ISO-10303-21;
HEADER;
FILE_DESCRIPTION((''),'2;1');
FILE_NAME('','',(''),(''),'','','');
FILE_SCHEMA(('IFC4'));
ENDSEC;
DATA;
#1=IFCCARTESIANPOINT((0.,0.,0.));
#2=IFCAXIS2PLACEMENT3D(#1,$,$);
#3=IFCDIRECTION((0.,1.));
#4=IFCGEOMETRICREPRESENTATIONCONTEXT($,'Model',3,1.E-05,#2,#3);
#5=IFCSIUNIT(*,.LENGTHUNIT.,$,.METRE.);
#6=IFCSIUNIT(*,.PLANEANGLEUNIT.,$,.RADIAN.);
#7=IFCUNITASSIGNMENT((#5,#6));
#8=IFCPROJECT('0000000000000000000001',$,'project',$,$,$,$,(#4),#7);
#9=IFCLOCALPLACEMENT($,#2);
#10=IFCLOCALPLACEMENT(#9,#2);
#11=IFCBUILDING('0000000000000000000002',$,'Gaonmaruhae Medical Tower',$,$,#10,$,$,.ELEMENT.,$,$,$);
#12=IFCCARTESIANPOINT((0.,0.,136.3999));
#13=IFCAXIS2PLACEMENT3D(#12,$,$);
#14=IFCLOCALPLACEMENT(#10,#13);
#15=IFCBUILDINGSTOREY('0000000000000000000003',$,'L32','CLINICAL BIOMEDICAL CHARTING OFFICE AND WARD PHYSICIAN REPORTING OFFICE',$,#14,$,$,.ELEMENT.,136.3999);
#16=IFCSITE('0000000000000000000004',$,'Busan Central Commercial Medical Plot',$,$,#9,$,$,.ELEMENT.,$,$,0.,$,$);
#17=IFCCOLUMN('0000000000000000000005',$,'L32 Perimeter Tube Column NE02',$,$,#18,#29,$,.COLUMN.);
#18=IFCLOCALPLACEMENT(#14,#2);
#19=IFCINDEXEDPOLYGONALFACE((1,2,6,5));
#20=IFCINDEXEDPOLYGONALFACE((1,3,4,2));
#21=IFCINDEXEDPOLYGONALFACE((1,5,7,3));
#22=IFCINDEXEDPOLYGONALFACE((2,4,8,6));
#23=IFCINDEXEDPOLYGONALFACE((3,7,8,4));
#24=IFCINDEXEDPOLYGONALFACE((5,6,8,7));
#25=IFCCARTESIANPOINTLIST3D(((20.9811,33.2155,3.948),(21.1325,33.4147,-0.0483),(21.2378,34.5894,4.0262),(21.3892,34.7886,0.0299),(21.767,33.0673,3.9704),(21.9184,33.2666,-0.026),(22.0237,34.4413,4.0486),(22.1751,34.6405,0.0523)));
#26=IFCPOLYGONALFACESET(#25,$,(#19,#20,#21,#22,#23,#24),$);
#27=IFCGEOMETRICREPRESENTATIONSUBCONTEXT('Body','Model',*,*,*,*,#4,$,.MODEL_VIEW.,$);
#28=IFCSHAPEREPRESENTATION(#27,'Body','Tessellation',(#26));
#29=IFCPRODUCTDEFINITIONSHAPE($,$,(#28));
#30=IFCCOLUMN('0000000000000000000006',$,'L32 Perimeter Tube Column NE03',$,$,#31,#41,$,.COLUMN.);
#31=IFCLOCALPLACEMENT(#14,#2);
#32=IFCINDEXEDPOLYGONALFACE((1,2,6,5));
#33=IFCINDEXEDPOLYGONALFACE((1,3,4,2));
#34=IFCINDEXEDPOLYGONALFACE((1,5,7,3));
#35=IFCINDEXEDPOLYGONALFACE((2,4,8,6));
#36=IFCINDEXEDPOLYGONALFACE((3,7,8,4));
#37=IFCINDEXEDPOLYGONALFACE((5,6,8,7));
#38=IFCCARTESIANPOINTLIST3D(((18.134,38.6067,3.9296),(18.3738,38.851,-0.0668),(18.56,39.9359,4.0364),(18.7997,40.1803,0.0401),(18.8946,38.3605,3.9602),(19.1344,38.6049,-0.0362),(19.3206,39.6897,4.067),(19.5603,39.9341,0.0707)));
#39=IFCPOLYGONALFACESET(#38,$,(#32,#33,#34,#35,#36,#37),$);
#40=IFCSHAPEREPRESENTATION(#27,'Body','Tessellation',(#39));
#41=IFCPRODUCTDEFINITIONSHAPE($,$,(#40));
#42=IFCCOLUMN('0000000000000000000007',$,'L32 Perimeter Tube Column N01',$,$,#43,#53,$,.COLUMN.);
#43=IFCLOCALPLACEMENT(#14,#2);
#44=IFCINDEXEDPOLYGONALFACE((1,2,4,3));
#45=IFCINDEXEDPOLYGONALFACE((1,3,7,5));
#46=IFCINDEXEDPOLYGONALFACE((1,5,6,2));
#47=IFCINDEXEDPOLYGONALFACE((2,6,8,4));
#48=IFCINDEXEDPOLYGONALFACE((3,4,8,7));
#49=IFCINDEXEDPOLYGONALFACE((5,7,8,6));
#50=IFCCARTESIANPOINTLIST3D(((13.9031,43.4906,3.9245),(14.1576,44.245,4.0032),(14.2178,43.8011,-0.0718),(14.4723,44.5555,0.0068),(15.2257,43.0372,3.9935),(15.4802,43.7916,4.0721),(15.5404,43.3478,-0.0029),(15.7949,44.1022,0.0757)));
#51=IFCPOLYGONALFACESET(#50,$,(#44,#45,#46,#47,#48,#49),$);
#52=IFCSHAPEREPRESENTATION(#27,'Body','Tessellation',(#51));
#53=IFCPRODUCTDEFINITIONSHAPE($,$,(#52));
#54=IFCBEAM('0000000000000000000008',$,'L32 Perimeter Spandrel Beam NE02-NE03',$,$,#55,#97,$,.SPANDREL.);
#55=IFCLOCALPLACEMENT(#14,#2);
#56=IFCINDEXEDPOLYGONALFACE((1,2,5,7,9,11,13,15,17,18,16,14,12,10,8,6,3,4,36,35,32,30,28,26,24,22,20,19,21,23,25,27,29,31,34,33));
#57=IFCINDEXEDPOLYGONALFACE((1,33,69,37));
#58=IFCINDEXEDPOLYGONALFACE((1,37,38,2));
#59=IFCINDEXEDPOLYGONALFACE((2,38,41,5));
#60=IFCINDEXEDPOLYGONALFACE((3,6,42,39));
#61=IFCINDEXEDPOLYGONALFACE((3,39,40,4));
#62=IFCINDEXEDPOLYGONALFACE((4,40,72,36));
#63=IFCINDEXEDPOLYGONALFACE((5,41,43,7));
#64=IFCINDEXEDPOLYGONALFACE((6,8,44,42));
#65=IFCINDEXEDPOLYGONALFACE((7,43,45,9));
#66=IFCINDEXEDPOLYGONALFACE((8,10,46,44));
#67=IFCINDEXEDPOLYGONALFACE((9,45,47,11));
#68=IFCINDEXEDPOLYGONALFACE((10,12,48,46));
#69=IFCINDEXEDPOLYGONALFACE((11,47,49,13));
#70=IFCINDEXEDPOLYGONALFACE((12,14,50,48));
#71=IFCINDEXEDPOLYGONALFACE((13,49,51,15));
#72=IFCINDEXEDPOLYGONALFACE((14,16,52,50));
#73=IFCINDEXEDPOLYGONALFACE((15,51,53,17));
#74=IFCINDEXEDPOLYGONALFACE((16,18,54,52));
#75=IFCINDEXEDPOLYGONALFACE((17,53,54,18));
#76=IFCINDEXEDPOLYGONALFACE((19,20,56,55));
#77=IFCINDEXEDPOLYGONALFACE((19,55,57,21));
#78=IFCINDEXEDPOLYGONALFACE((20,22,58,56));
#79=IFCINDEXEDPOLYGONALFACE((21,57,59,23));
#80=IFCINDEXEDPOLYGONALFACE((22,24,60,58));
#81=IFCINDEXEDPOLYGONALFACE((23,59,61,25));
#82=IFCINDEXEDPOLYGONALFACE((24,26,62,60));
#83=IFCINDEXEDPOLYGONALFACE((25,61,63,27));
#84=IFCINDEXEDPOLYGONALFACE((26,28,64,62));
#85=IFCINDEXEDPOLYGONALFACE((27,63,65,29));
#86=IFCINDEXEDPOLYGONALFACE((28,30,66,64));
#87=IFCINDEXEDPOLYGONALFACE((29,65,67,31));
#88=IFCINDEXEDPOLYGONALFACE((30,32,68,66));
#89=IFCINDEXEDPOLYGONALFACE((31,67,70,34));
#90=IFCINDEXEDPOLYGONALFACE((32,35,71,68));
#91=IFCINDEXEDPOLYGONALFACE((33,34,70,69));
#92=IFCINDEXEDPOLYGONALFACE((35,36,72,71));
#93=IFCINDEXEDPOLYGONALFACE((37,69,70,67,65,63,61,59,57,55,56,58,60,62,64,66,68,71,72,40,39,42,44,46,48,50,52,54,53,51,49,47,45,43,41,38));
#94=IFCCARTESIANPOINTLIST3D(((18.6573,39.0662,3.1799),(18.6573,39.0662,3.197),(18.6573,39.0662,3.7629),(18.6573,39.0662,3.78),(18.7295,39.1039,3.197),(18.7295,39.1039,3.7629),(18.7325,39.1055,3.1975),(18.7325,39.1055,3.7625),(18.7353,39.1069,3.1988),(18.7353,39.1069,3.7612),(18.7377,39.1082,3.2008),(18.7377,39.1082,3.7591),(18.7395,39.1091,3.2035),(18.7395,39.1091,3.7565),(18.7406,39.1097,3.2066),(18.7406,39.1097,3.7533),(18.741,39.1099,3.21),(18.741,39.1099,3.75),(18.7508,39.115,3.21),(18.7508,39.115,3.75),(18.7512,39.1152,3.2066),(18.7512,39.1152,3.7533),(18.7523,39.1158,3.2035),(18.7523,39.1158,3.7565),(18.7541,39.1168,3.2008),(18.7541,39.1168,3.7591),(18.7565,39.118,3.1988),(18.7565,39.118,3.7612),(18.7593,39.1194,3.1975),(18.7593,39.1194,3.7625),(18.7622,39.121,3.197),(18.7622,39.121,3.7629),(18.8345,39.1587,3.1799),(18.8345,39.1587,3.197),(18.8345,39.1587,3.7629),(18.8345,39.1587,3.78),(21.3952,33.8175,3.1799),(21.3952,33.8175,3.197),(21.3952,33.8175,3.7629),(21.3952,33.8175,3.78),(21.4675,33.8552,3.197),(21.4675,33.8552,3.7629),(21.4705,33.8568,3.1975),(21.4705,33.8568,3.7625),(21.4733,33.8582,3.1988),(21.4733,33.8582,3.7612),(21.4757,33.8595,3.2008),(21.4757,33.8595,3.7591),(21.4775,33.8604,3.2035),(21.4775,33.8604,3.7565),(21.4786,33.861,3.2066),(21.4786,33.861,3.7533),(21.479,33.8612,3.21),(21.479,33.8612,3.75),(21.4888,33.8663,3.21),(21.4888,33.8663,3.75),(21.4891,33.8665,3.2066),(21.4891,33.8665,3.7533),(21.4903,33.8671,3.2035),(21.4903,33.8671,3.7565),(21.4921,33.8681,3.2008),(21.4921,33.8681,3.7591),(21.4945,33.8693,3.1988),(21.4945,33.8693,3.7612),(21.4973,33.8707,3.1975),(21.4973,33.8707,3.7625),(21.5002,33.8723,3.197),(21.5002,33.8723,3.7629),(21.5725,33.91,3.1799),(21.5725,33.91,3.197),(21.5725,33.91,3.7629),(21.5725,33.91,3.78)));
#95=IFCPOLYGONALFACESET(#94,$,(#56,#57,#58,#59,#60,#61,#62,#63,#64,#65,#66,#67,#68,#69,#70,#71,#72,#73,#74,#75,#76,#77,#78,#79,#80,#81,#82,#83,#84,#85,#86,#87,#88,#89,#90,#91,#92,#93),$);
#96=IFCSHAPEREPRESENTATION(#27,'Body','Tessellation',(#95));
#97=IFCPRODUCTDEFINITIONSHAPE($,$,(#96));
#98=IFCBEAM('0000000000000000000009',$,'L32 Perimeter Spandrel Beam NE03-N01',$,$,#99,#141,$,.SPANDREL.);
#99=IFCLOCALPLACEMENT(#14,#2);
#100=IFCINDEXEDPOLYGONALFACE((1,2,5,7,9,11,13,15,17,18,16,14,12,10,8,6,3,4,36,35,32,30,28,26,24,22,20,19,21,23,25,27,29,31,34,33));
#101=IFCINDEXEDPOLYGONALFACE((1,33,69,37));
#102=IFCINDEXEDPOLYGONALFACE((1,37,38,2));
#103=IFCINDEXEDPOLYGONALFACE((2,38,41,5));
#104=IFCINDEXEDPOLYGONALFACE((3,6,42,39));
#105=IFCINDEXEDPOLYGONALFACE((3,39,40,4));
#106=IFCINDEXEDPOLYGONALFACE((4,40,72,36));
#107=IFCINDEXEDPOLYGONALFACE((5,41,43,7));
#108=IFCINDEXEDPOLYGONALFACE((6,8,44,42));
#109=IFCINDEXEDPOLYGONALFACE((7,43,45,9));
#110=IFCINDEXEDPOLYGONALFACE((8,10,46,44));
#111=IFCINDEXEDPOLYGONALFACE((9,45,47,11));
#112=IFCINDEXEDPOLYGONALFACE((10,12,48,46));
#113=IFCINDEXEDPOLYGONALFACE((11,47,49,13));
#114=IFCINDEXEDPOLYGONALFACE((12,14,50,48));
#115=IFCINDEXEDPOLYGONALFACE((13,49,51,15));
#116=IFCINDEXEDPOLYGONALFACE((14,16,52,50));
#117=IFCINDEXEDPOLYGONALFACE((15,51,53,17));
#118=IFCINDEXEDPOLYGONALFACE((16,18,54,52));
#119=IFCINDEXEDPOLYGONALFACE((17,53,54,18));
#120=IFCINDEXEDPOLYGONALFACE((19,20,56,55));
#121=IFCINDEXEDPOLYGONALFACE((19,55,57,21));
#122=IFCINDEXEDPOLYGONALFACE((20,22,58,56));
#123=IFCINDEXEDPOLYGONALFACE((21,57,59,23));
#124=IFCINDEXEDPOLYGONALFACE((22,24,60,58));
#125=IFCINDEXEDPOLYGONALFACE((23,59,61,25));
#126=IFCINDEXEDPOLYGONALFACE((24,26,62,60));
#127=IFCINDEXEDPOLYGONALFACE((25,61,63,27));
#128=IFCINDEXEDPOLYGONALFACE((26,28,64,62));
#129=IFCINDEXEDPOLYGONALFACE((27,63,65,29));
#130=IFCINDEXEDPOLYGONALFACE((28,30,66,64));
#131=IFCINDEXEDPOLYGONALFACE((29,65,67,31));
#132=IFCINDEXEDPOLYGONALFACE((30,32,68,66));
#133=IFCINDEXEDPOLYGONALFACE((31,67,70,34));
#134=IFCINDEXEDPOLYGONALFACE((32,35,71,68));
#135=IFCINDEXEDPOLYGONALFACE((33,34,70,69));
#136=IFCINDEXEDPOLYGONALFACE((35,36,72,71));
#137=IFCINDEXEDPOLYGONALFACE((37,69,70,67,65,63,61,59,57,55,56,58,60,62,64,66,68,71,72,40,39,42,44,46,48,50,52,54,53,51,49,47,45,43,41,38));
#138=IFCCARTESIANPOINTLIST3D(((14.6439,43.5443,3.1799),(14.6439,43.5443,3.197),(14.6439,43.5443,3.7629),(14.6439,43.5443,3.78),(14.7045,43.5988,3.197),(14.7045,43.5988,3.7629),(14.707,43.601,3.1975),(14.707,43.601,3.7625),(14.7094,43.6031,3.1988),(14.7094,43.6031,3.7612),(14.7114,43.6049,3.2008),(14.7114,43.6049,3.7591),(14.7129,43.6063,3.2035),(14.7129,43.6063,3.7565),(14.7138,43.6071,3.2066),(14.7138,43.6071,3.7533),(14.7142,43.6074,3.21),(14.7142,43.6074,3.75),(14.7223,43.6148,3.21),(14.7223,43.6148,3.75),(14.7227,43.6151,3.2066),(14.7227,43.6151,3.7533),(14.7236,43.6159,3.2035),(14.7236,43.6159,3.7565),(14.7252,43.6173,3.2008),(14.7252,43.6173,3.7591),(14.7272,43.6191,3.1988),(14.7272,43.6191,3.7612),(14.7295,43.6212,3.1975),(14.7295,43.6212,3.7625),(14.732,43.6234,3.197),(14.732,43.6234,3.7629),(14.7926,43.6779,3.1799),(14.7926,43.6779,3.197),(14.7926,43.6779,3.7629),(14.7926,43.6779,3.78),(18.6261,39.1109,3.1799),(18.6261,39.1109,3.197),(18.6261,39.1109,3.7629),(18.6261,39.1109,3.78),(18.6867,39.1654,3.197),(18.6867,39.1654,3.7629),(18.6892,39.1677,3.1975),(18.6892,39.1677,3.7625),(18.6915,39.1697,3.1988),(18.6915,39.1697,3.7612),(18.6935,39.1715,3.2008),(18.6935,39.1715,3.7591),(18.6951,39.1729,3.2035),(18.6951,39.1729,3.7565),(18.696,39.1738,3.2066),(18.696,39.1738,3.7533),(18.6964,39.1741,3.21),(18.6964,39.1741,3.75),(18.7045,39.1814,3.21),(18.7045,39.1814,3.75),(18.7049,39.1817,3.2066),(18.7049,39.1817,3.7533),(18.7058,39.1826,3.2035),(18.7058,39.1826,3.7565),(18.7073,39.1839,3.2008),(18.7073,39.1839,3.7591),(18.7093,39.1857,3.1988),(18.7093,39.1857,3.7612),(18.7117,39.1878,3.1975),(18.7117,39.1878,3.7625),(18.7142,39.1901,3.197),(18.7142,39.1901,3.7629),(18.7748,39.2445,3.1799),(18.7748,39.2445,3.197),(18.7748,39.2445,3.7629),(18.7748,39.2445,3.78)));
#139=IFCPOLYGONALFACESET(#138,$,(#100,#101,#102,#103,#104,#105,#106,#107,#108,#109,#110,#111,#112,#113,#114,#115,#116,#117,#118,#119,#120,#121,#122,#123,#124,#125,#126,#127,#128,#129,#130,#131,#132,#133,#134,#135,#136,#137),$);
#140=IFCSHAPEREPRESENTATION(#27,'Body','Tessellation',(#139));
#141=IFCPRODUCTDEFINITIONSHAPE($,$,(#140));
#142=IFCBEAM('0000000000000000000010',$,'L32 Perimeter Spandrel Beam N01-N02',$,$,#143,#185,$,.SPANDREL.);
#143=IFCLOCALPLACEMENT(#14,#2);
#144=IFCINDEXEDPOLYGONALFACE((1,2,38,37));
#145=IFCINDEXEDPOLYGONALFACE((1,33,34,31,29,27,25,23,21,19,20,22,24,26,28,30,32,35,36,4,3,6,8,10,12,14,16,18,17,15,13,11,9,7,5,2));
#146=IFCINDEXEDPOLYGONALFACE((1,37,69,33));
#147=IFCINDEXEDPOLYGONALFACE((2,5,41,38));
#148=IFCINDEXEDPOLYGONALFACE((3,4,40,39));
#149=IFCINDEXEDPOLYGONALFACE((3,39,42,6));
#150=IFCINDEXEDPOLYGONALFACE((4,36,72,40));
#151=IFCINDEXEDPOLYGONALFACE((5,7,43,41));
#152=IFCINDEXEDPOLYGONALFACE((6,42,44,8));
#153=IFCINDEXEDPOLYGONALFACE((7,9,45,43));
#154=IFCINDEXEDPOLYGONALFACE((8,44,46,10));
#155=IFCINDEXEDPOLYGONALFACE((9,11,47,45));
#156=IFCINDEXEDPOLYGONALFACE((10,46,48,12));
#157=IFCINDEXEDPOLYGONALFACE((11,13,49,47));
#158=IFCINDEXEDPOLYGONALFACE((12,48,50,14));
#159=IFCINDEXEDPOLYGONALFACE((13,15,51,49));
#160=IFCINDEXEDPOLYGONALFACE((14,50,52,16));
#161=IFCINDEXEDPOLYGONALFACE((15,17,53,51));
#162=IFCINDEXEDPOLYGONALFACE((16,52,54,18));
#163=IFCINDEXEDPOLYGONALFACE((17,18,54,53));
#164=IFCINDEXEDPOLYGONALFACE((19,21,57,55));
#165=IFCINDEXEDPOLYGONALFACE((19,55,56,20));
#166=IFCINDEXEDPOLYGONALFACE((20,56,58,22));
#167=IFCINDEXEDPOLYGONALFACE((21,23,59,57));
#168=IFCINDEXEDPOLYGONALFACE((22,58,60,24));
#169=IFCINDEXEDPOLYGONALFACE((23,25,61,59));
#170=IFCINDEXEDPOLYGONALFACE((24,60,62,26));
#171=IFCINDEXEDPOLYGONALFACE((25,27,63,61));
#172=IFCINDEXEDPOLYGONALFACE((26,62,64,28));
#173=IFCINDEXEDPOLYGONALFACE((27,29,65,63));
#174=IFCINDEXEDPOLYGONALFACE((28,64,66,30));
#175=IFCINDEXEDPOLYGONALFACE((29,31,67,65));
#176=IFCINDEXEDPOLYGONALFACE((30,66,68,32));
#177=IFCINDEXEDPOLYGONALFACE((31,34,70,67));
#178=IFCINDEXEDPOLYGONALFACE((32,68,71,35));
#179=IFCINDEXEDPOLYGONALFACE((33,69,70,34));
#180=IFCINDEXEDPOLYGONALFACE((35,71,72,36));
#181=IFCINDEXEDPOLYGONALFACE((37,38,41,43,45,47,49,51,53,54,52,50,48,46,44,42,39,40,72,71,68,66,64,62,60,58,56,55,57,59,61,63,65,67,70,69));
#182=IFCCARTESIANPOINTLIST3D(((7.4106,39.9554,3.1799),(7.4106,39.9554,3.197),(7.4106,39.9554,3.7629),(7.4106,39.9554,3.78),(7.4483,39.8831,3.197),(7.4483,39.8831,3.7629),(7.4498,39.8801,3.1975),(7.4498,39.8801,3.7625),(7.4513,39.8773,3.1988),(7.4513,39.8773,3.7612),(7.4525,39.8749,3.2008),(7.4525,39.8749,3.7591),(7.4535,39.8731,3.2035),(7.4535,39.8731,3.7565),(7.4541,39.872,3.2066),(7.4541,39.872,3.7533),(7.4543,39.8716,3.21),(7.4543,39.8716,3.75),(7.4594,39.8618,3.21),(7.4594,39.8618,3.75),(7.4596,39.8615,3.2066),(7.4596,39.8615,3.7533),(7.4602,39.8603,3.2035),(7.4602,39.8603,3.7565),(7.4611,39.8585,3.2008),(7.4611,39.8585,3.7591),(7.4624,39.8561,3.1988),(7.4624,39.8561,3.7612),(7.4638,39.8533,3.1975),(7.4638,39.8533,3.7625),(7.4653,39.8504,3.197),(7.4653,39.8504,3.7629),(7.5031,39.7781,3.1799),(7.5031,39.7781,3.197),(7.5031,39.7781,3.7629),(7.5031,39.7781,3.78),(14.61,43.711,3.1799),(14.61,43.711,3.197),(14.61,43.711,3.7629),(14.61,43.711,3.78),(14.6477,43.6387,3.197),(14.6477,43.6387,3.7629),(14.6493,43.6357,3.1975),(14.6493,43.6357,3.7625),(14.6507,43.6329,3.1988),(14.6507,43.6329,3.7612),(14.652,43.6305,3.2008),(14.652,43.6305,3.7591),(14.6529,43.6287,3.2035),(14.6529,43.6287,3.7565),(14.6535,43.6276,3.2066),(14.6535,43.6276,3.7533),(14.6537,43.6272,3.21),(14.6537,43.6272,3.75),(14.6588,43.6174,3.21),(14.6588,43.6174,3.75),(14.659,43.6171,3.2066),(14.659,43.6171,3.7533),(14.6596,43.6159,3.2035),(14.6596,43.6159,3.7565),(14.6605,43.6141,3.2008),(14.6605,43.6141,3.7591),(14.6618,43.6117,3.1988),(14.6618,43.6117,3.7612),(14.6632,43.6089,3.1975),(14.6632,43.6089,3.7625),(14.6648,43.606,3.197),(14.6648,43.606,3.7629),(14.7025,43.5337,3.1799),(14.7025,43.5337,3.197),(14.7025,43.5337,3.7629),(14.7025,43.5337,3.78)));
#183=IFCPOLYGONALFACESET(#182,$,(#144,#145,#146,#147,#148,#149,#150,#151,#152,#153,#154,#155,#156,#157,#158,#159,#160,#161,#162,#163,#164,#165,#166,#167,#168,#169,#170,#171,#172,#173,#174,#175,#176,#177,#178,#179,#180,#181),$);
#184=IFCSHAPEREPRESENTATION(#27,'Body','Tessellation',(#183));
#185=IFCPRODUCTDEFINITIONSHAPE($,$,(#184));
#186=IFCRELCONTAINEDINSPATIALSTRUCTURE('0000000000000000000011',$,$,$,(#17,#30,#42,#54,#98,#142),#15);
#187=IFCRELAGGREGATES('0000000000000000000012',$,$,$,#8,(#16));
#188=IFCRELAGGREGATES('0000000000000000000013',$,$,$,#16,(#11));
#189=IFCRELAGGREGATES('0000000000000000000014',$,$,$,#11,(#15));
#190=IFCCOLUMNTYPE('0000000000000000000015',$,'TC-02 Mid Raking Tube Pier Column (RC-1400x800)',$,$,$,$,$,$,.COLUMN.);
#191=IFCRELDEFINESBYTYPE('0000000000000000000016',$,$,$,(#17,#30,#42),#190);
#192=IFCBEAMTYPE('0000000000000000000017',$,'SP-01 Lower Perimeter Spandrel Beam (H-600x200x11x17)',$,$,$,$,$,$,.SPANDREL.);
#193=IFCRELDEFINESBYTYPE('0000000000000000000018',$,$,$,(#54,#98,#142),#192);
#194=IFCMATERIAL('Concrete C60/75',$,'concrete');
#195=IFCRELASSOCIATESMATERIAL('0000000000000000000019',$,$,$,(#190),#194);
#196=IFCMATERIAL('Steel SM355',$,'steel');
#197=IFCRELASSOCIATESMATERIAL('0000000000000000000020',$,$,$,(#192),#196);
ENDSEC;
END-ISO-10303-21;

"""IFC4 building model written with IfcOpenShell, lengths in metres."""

from ifc_helpers import new_model, si_unit, direction, frame, origin, origin_2d, place, context, subcontext, project, spatial, rectangle, i_section, extrude, material, material_profile, profile_set, type_object, element, save


model = new_model("IFC4")

# Units and contexts
model_context = context("Model", 3, precision=1e-05, world=origin(), true_north=direction((0.0, 1.0)))
body_context = subcontext(model_context, "Body", "Model", "MODEL_VIEW")
ifc_project = project(units=[si_unit("LENGTHUNIT", "METRE"), si_unit("PLANEANGLEUNIT", "RADIAN")], contexts=[model_context])

# Site, building, storey
site_placement = place(None, origin())
site = spatial("IfcSite", under=ifc_project, at=site_placement, Name="Busan Central Commercial Medical Plot", CompositionType="ELEMENT", RefElevation=0.0)
building_placement = place(site_placement, origin())
building = spatial("IfcBuilding", under=site, at=building_placement, Name="Gaonmaruhae Medical Tower", CompositionType="ELEMENT")
storey_placement = place(building_placement, frame((0.0, 0.0, 136.3999)))
storey = spatial("IfcBuildingStorey", under=building, at=storey_placement, Name="L32", Description="CLINICAL BIOMEDICAL CHARTING OFFICE AND WARD PHYSICIAN REPORTING OFFICE", CompositionType="ELEMENT", Elevation=136.3999)

# Columns
ifc_material_1 = material(Name="Concrete C60/75", Category="concrete")
ifc_material_profile_1 = material_profile(ifc_material_1, rectangle(XDim=1.3999, YDim=0.8, at=origin_2d()), Name="RC-1400x800")
ifc_profile_set_1 = profile_set([ifc_material_profile_1], Name="Concrete C60/75")
column_type = type_object("IfcColumnType", Name="TC-02 Mid Raking Tube Pier Column (RC-1400x800)", PredefinedType="COLUMN", material=ifc_profile_set_1)
column_1_placement = place(storey_placement, frame((21.6538, 34.0276, 0.002), z_axis=(-0.037802, -0.049753, 0.998046), x_axis=(0.18337, 0.981455, 0.055871)))
element("IfcColumn", 1, at=column_1_placement, inside=storey, type_object=column_type, Name="L32 Perimeter Tube Column NE02", PredefinedType="COLUMN", context=body_context, shape_type="SweptSolid", body=[
    extrude(rectangle(XDim=1.3999, YDim=0.8, at=origin_2d()), origin(), (0.0, 0.0, 1.0), 4.0042),
])
column_2_placement = place(storey_placement, frame((18.967, 39.3926, 0.002), z_axis=(-0.059773, -0.060929, 0.996351), x_axis=(0.304258, 0.949527, 0.076319)))
element("IfcColumn", 2, at=column_2_placement, inside=storey, type_object=column_type, Name="L32 Perimeter Tube Column NE03", PredefinedType="COLUMN", context=body_context, shape_type="SweptSolid", body=[
    extrude(rectangle(XDim=1.3999, YDim=0.8, at=origin_2d()), origin(), (0.0, 0.0, 1.0), 4.011),
])
column_3_placement = place(storey_placement, frame((15.0063, 43.9517, 0.002), z_axis=(-0.078269, -0.077237, 0.993936), x_axis=(0.944827, -0.323848, 0.049236)))
element("IfcColumn", 3, at=column_3_placement, inside=storey, type_object=column_type, Name="L32 Perimeter Tube Column N01", PredefinedType="COLUMN", context=body_context, shape_type="SweptSolid", body=[
    extrude(rectangle(XDim=1.3999, YDim=0.8, at=origin_2d()), origin(), (0.0, 0.0, 1.0), 4.0208),
])

# Beams
ifc_material_2 = material(Name="Steel SM355", Category="steel")
ifc_material_profile_2 = material_profile(ifc_material_2, i_section(OverallWidth=0.2, OverallDepth=0.6001, WebThickness=0.011, FlangeThickness=0.0171, FilletRadius=0.0129, at=origin_2d()), Name="H-600x200x11x17")
ifc_profile_set_2 = profile_set([ifc_material_profile_2], Name="Steel SM355")
beam_type = type_object("IfcBeamType", Name="SP-01 Lower Perimeter Spandrel Beam (H-600x200x11x17)", PredefinedType="SPANDREL", material=ifc_profile_set_2)
beam_1_placement = place(storey_placement, frame((21.4839, 33.8638, 3.48), z_axis=(-0.462505, 0.886616, 0.0), x_axis=(-0.886616, -0.462505, 0.0)))
element("IfcBeam", 4, at=beam_1_placement, inside=storey, type_object=beam_type, Name="L32 Perimeter Spandrel Beam NE02-NE03", PredefinedType="SPANDREL", context=body_context, shape_type="SweptSolid", body=[
    extrude(i_section(OverallWidth=0.2, OverallDepth=0.6001, WebThickness=0.011, FlangeThickness=0.0171, FilletRadius=0.0129, at=origin_2d()), origin(), (0.0, 0.0, 1.0), 5.9199),
])
beam_2_placement = place(storey_placement, frame((18.7004, 39.1777, 3.48), z_axis=(-0.668238, 0.743948, 0.0), x_axis=(-0.743948, -0.668238, 0.0)))
element("IfcBeam", 5, at=beam_2_placement, inside=storey, type_object=beam_type, Name="L32 Perimeter Spandrel Beam NE03-N01", PredefinedType="SPANDREL", context=body_context, shape_type="SweptSolid", body=[
    extrude(i_section(OverallWidth=0.2, OverallDepth=0.6001, WebThickness=0.011, FlangeThickness=0.0171, FilletRadius=0.0129, at=origin_2d()), origin(), (0.0, 0.0, 1.0), 5.9592),
])
beam_3_placement = place(storey_placement, frame((14.6562, 43.6223, 3.48), z_axis=(-0.886616, -0.462505, 0.0), x_axis=(0.462505, -0.886616, 0.0)))
element("IfcBeam", 6, at=beam_3_placement, inside=storey, type_object=beam_type, Name="L32 Perimeter Spandrel Beam N01-N02", PredefinedType="SPANDREL", context=body_context, shape_type="SweptSolid", body=[
    extrude(i_section(OverallWidth=0.2, OverallDepth=0.6001, WebThickness=0.011, FlangeThickness=0.0171, FilletRadius=0.0129, at=origin_2d()), origin(), (0.0, 0.0, 1.0), 8.1201),
])

save(model, "model.ifc")
